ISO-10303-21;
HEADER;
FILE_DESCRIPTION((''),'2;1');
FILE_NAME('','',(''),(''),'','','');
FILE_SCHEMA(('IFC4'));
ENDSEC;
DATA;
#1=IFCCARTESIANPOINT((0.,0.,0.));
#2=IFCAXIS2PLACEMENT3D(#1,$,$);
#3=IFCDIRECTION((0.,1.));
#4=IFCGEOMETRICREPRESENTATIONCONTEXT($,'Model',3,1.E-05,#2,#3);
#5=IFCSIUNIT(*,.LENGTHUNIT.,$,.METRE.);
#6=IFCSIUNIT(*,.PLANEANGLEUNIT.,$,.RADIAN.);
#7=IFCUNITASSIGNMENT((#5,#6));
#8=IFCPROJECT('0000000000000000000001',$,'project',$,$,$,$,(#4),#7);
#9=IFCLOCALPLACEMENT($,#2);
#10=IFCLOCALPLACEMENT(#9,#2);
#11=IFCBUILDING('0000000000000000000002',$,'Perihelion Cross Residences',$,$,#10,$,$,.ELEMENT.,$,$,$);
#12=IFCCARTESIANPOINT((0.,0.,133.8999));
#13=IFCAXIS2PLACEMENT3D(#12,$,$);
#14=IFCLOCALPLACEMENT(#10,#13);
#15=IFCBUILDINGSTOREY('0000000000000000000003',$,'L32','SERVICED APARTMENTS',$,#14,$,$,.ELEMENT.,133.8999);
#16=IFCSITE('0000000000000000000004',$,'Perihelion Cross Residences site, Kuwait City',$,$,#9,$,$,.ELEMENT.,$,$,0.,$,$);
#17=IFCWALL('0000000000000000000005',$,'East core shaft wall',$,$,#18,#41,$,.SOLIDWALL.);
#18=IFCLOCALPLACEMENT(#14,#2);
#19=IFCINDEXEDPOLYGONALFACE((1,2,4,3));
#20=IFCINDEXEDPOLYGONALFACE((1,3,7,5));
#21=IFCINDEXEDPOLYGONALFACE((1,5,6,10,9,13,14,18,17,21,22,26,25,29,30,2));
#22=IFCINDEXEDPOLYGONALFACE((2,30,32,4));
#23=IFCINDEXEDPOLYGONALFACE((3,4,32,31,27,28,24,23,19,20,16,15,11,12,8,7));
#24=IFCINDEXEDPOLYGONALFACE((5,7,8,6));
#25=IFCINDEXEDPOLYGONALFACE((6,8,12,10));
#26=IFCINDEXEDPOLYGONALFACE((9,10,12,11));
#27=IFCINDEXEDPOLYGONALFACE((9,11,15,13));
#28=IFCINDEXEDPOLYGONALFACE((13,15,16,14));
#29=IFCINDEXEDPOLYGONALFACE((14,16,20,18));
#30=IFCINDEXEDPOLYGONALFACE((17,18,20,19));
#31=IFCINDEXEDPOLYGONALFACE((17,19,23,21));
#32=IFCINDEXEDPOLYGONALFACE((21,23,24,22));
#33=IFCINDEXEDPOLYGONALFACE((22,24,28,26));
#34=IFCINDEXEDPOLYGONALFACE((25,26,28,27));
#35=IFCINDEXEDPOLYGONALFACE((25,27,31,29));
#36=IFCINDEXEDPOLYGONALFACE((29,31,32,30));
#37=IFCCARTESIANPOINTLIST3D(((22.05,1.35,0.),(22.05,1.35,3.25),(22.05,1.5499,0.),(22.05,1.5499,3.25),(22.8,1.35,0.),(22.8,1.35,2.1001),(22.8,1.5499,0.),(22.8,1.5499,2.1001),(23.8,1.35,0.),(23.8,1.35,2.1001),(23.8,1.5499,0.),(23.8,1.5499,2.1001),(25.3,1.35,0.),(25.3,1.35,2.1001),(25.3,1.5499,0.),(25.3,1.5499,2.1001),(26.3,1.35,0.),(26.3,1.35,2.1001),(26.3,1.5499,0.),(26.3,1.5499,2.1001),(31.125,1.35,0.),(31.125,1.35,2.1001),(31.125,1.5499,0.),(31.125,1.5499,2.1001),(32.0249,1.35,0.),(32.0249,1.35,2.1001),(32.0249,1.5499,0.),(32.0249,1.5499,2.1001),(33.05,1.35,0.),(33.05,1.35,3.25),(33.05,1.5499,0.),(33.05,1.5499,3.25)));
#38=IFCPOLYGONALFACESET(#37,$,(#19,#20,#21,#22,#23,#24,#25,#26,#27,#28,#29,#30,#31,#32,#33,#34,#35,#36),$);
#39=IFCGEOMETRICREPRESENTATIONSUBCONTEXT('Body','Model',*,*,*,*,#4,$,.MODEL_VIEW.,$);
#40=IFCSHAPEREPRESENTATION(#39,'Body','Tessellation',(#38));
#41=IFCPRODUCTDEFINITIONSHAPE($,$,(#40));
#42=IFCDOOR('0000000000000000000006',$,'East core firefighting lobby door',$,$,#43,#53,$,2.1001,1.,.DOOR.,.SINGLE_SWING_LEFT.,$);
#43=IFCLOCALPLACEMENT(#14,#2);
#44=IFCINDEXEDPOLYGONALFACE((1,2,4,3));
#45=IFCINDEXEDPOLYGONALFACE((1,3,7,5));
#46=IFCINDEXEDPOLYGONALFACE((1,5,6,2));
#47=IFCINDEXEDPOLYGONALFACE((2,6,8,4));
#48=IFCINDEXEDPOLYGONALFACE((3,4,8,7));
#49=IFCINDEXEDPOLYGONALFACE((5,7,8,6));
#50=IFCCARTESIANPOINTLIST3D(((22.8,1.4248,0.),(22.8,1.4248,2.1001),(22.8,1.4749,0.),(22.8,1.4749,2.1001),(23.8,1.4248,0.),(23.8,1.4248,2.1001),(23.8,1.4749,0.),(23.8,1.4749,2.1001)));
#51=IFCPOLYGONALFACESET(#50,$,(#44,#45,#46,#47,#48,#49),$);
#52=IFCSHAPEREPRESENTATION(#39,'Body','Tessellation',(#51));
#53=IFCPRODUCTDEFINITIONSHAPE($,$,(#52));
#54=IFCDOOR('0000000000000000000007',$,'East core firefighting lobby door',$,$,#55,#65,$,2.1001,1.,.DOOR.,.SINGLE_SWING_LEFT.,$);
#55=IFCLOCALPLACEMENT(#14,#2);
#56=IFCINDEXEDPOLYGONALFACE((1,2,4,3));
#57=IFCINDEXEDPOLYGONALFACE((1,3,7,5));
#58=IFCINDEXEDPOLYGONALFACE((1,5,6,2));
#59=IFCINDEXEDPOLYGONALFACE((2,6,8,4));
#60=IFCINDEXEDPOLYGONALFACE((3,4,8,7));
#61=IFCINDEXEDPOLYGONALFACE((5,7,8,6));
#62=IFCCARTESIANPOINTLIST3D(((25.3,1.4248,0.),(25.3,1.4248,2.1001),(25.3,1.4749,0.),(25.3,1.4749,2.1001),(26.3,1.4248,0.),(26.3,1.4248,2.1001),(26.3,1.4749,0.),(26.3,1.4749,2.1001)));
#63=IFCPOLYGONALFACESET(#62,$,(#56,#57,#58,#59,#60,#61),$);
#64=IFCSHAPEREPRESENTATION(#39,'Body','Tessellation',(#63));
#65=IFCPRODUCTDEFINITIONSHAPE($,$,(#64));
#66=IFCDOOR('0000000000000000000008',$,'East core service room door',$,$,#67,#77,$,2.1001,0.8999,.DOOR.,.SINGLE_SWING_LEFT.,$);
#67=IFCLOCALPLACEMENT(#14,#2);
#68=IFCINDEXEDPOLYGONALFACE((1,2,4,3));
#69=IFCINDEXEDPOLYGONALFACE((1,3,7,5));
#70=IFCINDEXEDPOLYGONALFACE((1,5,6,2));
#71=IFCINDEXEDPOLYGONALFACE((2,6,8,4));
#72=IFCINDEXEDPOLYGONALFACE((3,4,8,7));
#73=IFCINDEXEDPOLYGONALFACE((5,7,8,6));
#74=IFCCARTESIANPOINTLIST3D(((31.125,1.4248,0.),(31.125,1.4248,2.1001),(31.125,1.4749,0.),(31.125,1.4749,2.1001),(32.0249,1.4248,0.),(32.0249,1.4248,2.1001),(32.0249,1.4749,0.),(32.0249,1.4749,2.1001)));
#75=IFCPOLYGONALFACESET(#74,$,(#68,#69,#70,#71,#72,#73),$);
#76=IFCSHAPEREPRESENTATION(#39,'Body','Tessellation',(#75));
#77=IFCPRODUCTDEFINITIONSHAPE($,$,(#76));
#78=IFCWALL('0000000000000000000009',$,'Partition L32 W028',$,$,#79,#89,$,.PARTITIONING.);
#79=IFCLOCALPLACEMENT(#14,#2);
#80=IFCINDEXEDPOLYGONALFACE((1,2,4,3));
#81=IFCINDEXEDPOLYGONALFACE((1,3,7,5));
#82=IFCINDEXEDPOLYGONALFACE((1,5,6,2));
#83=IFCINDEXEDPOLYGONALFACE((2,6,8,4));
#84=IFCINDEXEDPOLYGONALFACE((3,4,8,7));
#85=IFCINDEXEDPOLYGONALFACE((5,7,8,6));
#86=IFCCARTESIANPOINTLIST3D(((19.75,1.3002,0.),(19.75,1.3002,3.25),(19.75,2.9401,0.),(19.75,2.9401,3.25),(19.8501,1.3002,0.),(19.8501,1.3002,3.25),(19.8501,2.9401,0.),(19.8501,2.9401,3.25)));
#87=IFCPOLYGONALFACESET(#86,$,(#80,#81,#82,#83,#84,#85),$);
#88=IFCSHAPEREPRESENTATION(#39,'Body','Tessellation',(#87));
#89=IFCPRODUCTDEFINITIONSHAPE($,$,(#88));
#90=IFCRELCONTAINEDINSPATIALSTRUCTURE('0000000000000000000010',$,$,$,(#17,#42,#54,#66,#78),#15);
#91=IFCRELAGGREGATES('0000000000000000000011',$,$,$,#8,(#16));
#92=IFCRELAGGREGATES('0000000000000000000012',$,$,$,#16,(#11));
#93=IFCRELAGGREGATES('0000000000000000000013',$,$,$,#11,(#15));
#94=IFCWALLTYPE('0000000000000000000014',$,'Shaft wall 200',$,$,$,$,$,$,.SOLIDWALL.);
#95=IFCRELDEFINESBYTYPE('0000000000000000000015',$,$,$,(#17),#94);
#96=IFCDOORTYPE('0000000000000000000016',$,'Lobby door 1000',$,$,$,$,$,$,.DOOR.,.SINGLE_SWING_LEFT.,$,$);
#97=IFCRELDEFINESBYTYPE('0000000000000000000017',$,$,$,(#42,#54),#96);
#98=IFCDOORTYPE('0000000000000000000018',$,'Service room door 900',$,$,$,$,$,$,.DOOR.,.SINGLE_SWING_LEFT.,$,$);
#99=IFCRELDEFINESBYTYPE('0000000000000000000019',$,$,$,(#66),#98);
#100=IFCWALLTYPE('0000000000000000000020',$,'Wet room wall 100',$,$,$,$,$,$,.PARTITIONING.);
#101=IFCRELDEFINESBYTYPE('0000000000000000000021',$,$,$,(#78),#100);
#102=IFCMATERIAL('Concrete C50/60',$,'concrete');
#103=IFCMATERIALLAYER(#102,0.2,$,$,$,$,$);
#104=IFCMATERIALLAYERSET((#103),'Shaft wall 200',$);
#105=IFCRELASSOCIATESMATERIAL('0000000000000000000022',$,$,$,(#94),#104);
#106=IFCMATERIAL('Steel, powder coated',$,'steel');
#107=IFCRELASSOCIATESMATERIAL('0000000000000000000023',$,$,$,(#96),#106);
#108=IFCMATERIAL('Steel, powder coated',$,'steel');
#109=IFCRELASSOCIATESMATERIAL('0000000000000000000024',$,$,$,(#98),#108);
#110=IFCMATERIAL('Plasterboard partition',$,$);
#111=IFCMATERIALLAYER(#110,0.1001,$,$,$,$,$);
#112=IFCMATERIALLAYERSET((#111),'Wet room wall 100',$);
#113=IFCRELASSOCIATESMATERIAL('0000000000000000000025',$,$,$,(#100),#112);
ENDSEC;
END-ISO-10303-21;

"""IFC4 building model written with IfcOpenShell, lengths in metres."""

from ifc_helpers import new_model, si_unit, direction, frame, frame_2d, origin, place, context, subcontext, project, spatial, rectangle, extrude, material, layer, layer_set, type_object, element, fill, save


model = new_model("IFC4")

# Units and contexts
model_context = context("Model", 3, precision=1e-05, world=origin(), true_north=direction((0.0, 1.0)))
body_context = subcontext(model_context, "Body", "Model", "MODEL_VIEW")
ifc_project = project(units=[si_unit("LENGTHUNIT", "METRE"), si_unit("PLANEANGLEUNIT", "RADIAN")], contexts=[model_context])

# Site, building, storey
site_placement = place(None, origin())
site = spatial("IfcSite", under=ifc_project, at=site_placement, Name="Perihelion Cross Residences site, Kuwait City", CompositionType="ELEMENT", RefElevation=0.0)
building_placement = place(site_placement, origin())
building = spatial("IfcBuilding", under=site, at=building_placement, Name="Perihelion Cross Residences", CompositionType="ELEMENT")
storey_placement = place(building_placement, frame((0.0, 0.0, 133.8999)))
storey = spatial("IfcBuildingStorey", under=building, at=storey_placement, Name="L32", Description="SERVICED APARTMENTS", CompositionType="ELEMENT", Elevation=133.8999)

# Wall, openings, doors
ifc_material_1 = material(Name="Concrete C50/60", Category="concrete")
ifc_layer_1 = layer(ifc_material_1, 0.2)
ifc_layer_set_1 = layer_set([ifc_layer_1], Name="Shaft wall 200")
wall_type_1 = type_object("IfcWallType", Name="Shaft wall 200", PredefinedType="SOLIDWALL", material=ifc_layer_set_1)
wall_1_placement = place(storey_placement, frame((22.05, 1.45, 0.0), z_axis=(0.0, 0.0, 1.0), x_axis=(1.0, 0.0, 0.0)))
wall_1 = element("IfcWall", 1, at=wall_1_placement, inside=storey, type_object=wall_type_1, Name="East core shaft wall", PredefinedType="SOLIDWALL", context=body_context, shape_type="SweptSolid", body=[
    extrude(rectangle(XDim=11.0, YDim=0.2, at=frame_2d((5.5, 0.0))), origin(), (0.0, 0.0, 1.0), 3.25),
])
opening_1_placement = place(wall_1_placement, frame((0.75, 0.0, 0.0)))
opening_1 = element("IfcOpeningElement", 2, at=opening_1_placement, cuts=wall_1, PredefinedType="OPENING", context=body_context, shape_type="SweptSolid", body=[
    extrude(rectangle(XDim=1.0, YDim=2.1001, at=frame_2d((0.5, 1.05))), frame((0.0, 0.1099, 0.0), z_axis=(0.0, -1.0, 0.0), x_axis=(1.0, 0.0, 0.0)), (0.0, 0.0, 1.0), 0.22),
])
opening_2_placement = place(wall_1_placement, frame((3.25, 0.0, 0.0)))
opening_2 = element("IfcOpeningElement", 3, at=opening_2_placement, cuts=wall_1, PredefinedType="OPENING", context=body_context, shape_type="SweptSolid", body=[
    extrude(rectangle(XDim=1.0, YDim=2.1001, at=frame_2d((0.5, 1.05))), frame((0.0, 0.1099, 0.0), z_axis=(0.0, -1.0, 0.0), x_axis=(1.0, 0.0, 0.0)), (0.0, 0.0, 1.0), 0.22),
])
opening_3_placement = place(wall_1_placement, frame((9.075, 0.0, 0.0)))
opening_3 = element("IfcOpeningElement", 4, at=opening_3_placement, cuts=wall_1, PredefinedType="OPENING", context=body_context, shape_type="SweptSolid", body=[
    extrude(rectangle(XDim=0.8999, YDim=2.1001, at=frame_2d((0.45, 1.05))), frame((0.0, 0.1099, 0.0), z_axis=(0.0, -1.0, 0.0), x_axis=(1.0, 0.0, 0.0)), (0.0, 0.0, 1.0), 0.22),
])
ifc_material_2 = material(Name="Steel, powder coated", Category="steel")
door_type_1 = type_object("IfcDoorType", Name="Lobby door 1000", OperationType="SINGLE_SWING_LEFT", PredefinedType="DOOR", material=ifc_material_2)
door_1_placement = place(opening_1_placement, origin())
door_1 = element("IfcDoor", 5, at=door_1_placement, inside=storey, type_object=door_type_1, Name="East core firefighting lobby door", OperationType="SINGLE_SWING_LEFT", OverallHeight=2.1001, OverallWidth=1.0, PredefinedType="DOOR", context=body_context, shape_type="SweptSolid", body=[
    extrude(rectangle(XDim=1.0, YDim=2.1001, at=frame_2d((0.5, 1.05))), frame((0.0, 0.0249, 0.0), z_axis=(0.0, -1.0, 0.0), x_axis=(1.0, 0.0, 0.0)), (0.0, 0.0, 1.0), 0.05),
])
fill(opening_1, door_1)
door_2_placement = place(opening_2_placement, origin())
door_2 = element("IfcDoor", 6, at=door_2_placement, inside=storey, type_object=door_type_1, Name="East core firefighting lobby door", OperationType="SINGLE_SWING_LEFT", OverallHeight=2.1001, OverallWidth=1.0, PredefinedType="DOOR", context=body_context, shape_type="SweptSolid", body=[
    extrude(rectangle(XDim=1.0, YDim=2.1001, at=frame_2d((0.5, 1.05))), frame((0.0, 0.0249, 0.0), z_axis=(0.0, -1.0, 0.0), x_axis=(1.0, 0.0, 0.0)), (0.0, 0.0, 1.0), 0.05),
])
fill(opening_2, door_2)
ifc_material_3 = material(Name="Steel, powder coated", Category="steel")
door_type_2 = type_object("IfcDoorType", Name="Service room door 900", OperationType="SINGLE_SWING_LEFT", PredefinedType="DOOR", material=ifc_material_3)
door_3_placement = place(opening_3_placement, origin())
door_3 = element("IfcDoor", 7, at=door_3_placement, inside=storey, type_object=door_type_2, Name="East core service room door", OperationType="SINGLE_SWING_LEFT", OverallHeight=2.1001, OverallWidth=0.8999, PredefinedType="DOOR", context=body_context, shape_type="SweptSolid", body=[
    extrude(rectangle(XDim=0.8999, YDim=2.1001, at=frame_2d((0.45, 1.05))), frame((0.0, 0.0249, 0.0), z_axis=(0.0, -1.0, 0.0), x_axis=(1.0, 0.0, 0.0)), (0.0, 0.0, 1.0), 0.05),
])
fill(opening_3, door_3)

# Wall
ifc_material_4 = material(Name="Plasterboard partition")
ifc_layer_2 = layer(ifc_material_4, 0.1001)
ifc_layer_set_2 = layer_set([ifc_layer_2], Name="Wet room wall 100")
wall_type_2 = type_object("IfcWallType", Name="Wet room wall 100", PredefinedType="PARTITIONING", material=ifc_layer_set_2)
wall_2_placement = place(storey_placement, frame((19.8, 2.9399, 0.0), z_axis=(0.0, 0.0, 1.0), x_axis=(0.0, -1.0, 0.0)))
element("IfcWall", 8, at=wall_2_placement, inside=storey, type_object=wall_type_2, Name="Partition L32 W028", PredefinedType="PARTITIONING", context=body_context, shape_type="SweptSolid", body=[
    extrude(rectangle(XDim=1.6399, YDim=0.1001, at=frame_2d((0.8198, 0.0))), origin(), (0.0, 0.0, 1.0), 3.25),
])

save(model, "model.ifc")
